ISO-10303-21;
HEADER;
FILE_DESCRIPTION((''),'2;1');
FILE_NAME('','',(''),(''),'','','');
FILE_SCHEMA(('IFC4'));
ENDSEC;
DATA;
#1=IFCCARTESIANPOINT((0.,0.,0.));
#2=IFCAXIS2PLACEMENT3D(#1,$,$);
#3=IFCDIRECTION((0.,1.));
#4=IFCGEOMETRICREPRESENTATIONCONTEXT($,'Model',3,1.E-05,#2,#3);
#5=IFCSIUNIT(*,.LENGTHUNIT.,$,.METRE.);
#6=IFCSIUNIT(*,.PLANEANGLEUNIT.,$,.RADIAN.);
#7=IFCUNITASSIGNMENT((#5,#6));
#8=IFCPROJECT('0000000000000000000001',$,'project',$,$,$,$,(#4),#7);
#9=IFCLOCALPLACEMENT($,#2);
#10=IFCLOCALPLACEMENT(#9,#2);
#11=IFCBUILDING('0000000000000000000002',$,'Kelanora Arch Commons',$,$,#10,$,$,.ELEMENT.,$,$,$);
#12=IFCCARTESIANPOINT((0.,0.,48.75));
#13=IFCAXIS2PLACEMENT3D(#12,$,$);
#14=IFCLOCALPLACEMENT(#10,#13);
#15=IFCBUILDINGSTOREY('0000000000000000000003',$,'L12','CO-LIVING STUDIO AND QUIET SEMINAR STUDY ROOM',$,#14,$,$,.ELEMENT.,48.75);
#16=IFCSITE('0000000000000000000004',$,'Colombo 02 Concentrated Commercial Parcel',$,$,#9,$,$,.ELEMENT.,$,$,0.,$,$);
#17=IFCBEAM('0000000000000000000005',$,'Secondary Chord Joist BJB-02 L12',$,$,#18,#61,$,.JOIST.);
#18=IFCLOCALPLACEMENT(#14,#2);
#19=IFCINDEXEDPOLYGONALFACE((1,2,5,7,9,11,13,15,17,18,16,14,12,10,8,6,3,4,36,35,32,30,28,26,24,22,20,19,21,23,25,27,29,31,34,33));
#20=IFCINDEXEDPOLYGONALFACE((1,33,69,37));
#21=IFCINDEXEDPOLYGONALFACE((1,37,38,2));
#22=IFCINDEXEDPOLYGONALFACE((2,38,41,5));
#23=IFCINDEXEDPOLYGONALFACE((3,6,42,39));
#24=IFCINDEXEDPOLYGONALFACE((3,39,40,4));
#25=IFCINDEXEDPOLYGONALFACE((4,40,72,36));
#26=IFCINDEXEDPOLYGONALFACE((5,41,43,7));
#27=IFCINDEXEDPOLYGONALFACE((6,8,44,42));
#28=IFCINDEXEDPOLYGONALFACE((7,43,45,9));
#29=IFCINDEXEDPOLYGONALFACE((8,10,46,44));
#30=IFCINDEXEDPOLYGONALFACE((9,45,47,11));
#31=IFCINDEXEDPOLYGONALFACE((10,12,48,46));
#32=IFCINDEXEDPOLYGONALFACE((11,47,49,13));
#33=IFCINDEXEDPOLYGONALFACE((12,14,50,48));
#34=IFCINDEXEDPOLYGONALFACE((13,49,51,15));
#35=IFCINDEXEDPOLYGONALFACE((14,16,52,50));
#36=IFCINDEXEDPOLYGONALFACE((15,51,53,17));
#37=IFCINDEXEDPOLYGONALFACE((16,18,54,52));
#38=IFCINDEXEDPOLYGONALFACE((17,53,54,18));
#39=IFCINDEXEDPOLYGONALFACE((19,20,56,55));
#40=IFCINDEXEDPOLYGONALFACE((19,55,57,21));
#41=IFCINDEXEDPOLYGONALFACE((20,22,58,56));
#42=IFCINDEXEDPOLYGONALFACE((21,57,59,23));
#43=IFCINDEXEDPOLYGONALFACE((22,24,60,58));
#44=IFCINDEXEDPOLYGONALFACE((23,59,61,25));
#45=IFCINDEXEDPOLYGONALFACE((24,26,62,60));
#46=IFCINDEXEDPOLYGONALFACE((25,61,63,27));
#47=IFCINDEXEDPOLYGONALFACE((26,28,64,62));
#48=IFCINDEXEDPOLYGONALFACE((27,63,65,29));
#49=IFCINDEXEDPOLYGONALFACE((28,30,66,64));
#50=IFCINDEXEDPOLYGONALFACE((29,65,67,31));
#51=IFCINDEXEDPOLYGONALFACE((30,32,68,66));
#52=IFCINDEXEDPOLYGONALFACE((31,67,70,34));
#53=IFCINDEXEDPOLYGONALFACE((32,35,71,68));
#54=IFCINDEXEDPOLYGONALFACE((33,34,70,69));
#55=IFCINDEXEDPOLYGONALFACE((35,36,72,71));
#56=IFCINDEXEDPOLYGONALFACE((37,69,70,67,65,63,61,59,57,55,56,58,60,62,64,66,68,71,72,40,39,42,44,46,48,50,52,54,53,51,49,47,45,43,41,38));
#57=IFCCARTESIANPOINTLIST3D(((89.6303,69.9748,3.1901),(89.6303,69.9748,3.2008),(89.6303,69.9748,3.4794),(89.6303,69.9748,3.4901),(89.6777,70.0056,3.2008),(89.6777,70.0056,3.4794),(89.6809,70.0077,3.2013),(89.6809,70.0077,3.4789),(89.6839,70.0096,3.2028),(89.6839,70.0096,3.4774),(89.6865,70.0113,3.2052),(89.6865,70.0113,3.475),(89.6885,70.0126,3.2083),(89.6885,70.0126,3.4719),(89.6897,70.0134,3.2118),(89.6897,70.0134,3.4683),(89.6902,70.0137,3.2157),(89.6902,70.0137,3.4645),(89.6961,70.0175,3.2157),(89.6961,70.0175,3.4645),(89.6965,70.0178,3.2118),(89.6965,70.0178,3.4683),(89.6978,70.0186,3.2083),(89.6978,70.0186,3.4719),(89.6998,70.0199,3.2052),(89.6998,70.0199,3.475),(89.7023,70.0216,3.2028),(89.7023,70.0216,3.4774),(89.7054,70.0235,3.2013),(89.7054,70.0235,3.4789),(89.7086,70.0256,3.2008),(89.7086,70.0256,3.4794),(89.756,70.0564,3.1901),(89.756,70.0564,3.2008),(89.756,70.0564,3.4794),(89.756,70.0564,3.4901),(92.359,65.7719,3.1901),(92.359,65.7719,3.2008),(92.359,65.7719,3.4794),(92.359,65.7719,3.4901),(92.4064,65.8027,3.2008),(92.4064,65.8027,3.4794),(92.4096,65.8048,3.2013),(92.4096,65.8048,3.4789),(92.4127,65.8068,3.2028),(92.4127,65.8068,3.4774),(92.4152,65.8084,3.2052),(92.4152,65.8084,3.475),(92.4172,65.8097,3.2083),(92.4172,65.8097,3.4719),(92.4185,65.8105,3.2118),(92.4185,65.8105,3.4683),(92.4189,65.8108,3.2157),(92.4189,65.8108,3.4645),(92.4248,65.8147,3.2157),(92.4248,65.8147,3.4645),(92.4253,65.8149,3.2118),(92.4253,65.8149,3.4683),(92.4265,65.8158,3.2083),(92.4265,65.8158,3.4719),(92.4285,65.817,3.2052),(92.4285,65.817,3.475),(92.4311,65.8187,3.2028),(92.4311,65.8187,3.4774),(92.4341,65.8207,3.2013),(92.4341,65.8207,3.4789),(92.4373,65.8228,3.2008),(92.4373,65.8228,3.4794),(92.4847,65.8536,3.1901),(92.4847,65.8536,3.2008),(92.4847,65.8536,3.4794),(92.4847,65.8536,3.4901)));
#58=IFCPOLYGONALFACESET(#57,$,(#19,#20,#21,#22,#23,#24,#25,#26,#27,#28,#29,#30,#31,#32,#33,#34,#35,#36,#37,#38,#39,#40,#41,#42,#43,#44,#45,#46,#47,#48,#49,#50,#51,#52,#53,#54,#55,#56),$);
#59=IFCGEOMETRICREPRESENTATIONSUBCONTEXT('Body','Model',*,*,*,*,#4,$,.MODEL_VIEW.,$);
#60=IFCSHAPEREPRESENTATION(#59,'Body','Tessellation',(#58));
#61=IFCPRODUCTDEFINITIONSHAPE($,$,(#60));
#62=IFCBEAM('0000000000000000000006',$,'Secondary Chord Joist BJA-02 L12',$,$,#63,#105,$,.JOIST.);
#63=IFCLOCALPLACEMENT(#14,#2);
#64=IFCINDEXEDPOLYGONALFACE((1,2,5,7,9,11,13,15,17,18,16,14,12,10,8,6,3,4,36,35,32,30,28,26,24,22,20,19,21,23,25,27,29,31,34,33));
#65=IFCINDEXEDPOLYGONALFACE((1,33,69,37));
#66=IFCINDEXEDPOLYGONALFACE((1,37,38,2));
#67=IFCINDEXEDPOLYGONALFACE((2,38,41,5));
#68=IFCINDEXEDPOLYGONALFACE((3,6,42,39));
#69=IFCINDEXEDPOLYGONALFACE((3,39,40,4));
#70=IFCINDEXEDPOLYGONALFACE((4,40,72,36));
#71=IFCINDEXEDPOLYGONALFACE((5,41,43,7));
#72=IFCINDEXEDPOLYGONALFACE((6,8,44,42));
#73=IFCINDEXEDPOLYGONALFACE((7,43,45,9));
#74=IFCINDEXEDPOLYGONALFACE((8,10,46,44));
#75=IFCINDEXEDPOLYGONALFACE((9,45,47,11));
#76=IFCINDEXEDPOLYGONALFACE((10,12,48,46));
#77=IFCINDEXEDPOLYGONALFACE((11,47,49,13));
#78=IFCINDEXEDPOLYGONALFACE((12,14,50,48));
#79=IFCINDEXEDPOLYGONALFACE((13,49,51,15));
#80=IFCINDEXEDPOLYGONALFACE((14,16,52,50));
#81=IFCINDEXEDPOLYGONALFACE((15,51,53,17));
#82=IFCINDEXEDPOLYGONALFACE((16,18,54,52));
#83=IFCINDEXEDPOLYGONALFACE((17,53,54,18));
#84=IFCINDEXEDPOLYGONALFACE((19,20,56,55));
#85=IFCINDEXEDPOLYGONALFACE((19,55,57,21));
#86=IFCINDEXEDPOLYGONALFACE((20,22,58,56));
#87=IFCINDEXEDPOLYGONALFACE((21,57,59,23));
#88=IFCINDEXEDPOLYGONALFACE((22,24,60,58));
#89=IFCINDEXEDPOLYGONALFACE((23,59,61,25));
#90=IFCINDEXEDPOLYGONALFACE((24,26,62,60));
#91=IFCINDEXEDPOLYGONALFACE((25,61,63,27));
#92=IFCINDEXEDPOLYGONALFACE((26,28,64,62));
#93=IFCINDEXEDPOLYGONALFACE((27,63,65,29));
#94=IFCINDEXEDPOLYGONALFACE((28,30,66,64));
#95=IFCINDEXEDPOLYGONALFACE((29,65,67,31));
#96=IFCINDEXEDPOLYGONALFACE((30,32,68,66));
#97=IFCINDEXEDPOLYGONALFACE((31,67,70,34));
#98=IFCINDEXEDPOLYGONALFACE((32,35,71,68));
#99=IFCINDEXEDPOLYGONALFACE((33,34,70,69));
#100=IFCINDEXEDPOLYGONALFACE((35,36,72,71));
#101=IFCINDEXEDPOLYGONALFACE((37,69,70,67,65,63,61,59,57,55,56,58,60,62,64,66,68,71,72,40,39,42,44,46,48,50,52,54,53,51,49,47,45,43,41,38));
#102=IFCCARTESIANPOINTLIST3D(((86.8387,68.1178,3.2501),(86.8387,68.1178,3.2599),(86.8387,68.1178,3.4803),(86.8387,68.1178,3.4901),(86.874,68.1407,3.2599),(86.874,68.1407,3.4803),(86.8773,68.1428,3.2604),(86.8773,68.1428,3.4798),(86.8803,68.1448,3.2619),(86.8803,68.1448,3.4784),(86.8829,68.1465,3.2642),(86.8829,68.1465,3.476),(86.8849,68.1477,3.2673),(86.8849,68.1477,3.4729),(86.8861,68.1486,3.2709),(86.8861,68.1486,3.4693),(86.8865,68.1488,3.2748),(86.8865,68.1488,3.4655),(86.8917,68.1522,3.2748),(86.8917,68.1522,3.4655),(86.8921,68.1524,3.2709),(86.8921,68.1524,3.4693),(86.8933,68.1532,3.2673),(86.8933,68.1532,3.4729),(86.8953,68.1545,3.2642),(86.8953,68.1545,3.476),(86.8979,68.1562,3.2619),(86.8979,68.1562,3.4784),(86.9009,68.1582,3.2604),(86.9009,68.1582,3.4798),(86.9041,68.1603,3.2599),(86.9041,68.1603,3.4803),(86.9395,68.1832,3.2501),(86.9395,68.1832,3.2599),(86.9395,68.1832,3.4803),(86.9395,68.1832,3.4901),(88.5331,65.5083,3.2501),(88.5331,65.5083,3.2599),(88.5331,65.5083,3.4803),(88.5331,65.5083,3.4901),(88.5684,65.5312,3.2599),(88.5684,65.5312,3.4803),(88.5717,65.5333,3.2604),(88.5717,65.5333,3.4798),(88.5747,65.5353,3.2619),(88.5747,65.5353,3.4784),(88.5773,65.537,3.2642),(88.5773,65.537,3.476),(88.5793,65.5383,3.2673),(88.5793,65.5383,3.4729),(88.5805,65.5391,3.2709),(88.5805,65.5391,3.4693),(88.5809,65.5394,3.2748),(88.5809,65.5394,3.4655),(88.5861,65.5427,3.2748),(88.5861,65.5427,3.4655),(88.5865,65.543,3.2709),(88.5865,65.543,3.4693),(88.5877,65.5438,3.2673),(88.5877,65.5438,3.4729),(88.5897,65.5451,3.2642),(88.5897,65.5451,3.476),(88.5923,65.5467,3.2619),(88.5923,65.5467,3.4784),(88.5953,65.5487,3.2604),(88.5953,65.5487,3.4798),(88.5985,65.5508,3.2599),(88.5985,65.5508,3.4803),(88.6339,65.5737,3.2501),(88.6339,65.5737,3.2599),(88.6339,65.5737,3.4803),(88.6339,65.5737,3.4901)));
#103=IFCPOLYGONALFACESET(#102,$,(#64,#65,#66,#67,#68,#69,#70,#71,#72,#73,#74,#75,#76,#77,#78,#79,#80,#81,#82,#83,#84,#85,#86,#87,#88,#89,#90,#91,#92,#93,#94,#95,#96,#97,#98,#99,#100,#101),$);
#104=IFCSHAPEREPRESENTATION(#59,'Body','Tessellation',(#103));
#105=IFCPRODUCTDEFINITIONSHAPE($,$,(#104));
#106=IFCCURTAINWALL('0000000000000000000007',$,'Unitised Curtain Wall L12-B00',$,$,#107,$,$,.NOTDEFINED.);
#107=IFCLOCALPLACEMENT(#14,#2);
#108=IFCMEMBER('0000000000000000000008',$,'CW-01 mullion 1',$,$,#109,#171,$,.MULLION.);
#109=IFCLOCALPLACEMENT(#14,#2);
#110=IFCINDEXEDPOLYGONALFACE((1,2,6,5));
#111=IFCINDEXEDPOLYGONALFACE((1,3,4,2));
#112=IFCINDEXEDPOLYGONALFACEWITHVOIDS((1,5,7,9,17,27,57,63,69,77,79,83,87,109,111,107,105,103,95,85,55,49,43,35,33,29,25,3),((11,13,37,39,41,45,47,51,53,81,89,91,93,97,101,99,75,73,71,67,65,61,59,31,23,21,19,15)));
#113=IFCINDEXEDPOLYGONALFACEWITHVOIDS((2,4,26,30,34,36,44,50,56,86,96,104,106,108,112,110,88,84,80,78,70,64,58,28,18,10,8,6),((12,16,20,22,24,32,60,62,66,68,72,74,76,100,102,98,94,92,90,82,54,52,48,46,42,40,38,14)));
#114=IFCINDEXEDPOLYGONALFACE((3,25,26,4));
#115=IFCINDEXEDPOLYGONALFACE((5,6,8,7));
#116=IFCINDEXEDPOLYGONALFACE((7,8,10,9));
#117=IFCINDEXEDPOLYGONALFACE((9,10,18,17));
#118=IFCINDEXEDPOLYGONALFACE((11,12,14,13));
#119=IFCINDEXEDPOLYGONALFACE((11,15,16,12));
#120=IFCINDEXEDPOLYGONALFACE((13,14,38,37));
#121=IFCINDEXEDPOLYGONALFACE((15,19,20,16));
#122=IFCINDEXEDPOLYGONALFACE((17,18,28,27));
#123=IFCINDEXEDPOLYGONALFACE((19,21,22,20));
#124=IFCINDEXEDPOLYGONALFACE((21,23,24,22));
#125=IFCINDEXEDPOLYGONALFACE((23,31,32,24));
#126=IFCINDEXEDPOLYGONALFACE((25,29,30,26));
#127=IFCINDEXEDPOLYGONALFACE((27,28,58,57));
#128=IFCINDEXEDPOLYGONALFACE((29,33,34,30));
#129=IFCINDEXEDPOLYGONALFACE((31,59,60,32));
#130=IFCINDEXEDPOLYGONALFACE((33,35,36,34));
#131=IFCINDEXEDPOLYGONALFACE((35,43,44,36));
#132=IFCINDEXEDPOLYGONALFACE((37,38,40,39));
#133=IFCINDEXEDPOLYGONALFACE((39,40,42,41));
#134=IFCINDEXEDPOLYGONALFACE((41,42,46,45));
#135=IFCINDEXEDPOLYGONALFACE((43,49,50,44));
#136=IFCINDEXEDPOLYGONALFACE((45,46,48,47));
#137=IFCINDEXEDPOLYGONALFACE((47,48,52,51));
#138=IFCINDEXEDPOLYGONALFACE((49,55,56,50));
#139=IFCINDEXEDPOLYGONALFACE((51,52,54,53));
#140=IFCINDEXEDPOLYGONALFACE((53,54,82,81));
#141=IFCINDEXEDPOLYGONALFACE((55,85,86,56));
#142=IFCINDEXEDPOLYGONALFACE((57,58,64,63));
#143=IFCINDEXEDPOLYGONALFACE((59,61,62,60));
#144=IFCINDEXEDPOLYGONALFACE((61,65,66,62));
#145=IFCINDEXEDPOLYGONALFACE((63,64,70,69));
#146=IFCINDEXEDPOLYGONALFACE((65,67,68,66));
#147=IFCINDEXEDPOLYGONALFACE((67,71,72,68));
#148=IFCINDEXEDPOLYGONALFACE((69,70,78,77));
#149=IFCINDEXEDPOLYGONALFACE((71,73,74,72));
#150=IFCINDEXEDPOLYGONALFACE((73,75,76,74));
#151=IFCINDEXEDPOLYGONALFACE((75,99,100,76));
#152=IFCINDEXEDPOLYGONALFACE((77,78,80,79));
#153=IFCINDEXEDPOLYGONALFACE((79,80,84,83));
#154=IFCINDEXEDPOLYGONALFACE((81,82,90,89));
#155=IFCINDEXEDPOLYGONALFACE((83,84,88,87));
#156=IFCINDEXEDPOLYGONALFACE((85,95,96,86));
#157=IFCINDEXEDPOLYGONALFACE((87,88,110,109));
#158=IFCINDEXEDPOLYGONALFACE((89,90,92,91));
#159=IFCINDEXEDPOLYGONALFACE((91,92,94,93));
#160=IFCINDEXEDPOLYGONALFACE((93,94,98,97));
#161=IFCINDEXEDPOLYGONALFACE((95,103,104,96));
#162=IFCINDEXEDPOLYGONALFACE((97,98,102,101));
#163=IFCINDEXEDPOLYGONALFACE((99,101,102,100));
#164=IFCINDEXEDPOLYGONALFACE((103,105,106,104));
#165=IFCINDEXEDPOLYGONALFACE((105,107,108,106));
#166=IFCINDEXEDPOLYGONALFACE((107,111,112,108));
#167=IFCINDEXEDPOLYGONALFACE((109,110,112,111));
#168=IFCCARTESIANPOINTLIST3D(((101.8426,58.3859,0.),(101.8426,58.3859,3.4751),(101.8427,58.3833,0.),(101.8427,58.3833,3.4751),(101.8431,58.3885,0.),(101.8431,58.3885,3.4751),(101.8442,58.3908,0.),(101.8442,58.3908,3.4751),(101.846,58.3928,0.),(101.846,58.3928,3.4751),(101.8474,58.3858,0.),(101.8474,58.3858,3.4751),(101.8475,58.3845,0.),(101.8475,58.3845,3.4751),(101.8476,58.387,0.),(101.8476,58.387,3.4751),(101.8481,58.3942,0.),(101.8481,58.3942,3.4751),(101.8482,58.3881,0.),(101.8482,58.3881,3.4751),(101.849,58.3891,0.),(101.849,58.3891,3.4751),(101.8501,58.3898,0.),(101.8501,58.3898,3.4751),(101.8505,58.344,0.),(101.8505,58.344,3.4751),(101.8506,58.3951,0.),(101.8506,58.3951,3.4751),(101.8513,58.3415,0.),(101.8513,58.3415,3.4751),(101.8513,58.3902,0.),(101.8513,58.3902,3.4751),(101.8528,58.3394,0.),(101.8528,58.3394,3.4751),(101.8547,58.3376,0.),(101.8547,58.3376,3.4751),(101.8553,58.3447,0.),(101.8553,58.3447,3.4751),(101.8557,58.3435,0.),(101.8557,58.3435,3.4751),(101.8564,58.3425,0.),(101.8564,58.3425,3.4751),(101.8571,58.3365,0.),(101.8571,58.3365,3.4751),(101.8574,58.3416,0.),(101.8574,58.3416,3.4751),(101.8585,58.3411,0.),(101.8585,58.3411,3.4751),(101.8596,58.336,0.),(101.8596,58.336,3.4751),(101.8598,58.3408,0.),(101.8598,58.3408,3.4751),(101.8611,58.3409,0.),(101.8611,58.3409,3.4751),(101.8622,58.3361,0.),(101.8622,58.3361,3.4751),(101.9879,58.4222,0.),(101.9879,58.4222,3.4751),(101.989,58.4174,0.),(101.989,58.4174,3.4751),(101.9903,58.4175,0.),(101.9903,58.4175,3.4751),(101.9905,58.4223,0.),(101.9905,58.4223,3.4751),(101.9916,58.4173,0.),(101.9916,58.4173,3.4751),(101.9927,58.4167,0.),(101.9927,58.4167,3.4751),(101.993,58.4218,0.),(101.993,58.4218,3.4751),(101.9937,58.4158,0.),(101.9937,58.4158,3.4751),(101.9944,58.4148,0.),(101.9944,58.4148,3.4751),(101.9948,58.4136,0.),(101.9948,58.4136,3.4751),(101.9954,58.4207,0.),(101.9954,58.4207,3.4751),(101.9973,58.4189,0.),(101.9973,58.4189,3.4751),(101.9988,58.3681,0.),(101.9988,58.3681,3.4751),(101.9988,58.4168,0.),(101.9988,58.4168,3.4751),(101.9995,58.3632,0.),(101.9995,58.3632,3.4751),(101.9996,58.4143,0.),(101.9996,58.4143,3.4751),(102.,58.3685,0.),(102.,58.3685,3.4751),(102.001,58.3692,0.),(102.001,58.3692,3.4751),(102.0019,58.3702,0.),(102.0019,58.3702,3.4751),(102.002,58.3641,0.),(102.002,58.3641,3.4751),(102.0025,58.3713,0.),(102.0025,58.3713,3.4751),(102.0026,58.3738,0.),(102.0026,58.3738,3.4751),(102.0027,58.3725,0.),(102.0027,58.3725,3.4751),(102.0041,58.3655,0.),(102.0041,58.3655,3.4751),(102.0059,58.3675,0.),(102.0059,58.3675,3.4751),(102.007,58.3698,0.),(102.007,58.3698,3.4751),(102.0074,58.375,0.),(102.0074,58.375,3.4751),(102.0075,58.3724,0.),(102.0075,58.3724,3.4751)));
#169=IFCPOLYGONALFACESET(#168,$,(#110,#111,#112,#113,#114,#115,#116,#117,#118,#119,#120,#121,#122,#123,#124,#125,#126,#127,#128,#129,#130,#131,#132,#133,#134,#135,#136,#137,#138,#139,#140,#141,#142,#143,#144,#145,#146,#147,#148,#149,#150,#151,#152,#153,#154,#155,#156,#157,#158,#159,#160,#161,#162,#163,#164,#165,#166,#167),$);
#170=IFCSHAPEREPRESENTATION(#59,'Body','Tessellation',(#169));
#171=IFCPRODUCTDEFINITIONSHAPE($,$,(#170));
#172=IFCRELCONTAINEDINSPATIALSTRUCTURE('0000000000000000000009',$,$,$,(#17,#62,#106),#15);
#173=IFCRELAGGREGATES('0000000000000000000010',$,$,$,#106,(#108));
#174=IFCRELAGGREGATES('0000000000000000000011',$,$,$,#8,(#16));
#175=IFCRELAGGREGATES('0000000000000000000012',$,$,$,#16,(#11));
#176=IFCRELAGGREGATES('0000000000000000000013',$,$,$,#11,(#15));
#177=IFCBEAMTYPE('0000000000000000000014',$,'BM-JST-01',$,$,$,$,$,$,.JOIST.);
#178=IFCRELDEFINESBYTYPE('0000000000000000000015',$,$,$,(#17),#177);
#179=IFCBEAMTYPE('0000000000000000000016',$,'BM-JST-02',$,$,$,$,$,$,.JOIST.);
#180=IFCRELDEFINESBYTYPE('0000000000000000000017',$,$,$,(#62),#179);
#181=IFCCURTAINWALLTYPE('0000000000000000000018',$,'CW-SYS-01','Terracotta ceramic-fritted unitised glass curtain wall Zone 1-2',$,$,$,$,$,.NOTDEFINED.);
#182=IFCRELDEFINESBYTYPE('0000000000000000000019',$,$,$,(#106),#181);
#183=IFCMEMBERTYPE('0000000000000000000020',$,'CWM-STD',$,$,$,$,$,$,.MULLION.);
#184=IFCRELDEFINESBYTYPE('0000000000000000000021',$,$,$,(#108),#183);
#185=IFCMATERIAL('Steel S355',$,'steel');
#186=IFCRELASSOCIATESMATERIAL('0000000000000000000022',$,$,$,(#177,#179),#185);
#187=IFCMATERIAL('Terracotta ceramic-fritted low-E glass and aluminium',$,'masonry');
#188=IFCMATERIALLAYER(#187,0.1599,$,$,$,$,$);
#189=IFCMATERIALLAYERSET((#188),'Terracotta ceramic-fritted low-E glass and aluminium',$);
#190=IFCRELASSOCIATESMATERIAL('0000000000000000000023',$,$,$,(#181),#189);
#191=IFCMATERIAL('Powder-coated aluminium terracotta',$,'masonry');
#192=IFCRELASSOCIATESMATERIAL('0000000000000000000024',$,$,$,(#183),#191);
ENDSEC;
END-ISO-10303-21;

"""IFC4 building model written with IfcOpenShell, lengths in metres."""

from ifc_helpers import new_model, si_unit, direction, frame, origin, origin_2d, place, context, subcontext, project, spatial, hollow_rectangle, i_section, extrude, material, layer, layer_set, material_profile, profile_set, type_object, element, aggregate, save


model = new_model("IFC4")

# Units and contexts
model_context = context("Model", 3, precision=1e-05, world=origin(), true_north=direction((0.0, 1.0)))
body_context = subcontext(model_context, "Body", "Model", "MODEL_VIEW")
ifc_project = project(units=[si_unit("LENGTHUNIT", "METRE"), si_unit("PLANEANGLEUNIT", "RADIAN")], contexts=[model_context])

# Site, building, storey
site_placement = place(None, origin())
site = spatial("IfcSite", under=ifc_project, at=site_placement, Name="Colombo 02 Concentrated Commercial Parcel", CompositionType="ELEMENT", RefElevation=0.0)
building_placement = place(site_placement, origin())
building = spatial("IfcBuilding", under=site, at=building_placement, Name="Kelanora Arch Commons", CompositionType="ELEMENT")
storey_placement = place(building_placement, frame((0.0, 0.0, 48.75)))
storey = spatial("IfcBuildingStorey", under=building, at=storey_placement, Name="L12", Description="CO-LIVING STUDIO AND QUIET SEMINAR STUDY ROOM", CompositionType="ELEMENT", Elevation=48.75)

# Beams
ifc_material_1 = material(Name="Steel S355", Category="steel")
ifc_material_profile_1 = material_profile(ifc_material_1, i_section(OverallWidth=0.1499, OverallDepth=0.3, WebThickness=0.0071, FlangeThickness=0.0107, FilletRadius=0.0149, at=origin_2d()), Name="IPE300")
ifc_profile_set_1 = profile_set([ifc_material_profile_1], Name="Steel S355")
beam_type_1 = type_object("IfcBeamType", Name="BM-JST-01", PredefinedType="JOIST", material=ifc_profile_set_1)
beam_1_placement = place(storey_placement, frame((92.4219, 65.8127, 3.3401), z_axis=(-0.544552, 0.838727, 0.0), x_axis=(-0.838727, -0.544552, 0.0)))
element("IfcBeam", 1, at=beam_1_placement, inside=storey, type_object=beam_type_1, Name="Secondary Chord Joist BJB-02 L12", PredefinedType="JOIST", context=body_context, shape_type="SweptSolid", body=[
    extrude(i_section(OverallWidth=0.1499, OverallDepth=0.3, WebThickness=0.0071, FlangeThickness=0.0107, FilletRadius=0.0149, at=origin_2d()), origin(), (0.0, 0.0, 1.0), 5.011),
])
ifc_material_profile_2 = material_profile(ifc_material_1, i_section(OverallWidth=0.1201, OverallDepth=0.24, WebThickness=0.0061, FlangeThickness=0.0098, FilletRadius=0.0149, at=origin_2d()), Name="IPE240")
ifc_profile_set_2 = profile_set([ifc_material_profile_2], Name="Steel S355")
beam_type_2 = type_object("IfcBeamType", Name="BM-JST-02", PredefinedType="JOIST", material=ifc_profile_set_2)
beam_2_placement = place(storey_placement, frame((88.5835, 65.541, 3.3701), z_axis=(-0.544591, 0.838702, 0.0), x_axis=(-0.838702, -0.544591, 0.0)))
element("IfcBeam", 2, at=beam_2_placement, inside=storey, type_object=beam_type_2, Name="Secondary Chord Joist BJA-02 L12", PredefinedType="JOIST", context=body_context, shape_type="SweptSolid", body=[
    extrude(i_section(OverallWidth=0.1201, OverallDepth=0.24, WebThickness=0.0061, FlangeThickness=0.0098, FilletRadius=0.0149, at=origin_2d()), origin(), (0.0, 0.0, 1.0), 3.1113),
])

# Curtain wall, member
ifc_material_2 = material(Name="Terracotta ceramic-fritted low-E glass and aluminium", Category="masonry")
ifc_layer_1 = layer(ifc_material_2, 0.1599)
ifc_layer_set_1 = layer_set([ifc_layer_1], Name="Terracotta ceramic-fritted low-E glass and aluminium")
curtain_wall_type = type_object("IfcCurtainWallType", Name="CW-SYS-01", Description="Terracotta ceramic-fritted unitised glass curtain wall Zone 1-2", PredefinedType="NOTDEFINED", material=ifc_layer_set_1)
curtain_wall_placement = place(storey_placement, origin())
curtain_wall = element("IfcCurtainWall", 3, at=curtain_wall_placement, inside=storey, type_object=curtain_wall_type, Name="Unitised Curtain Wall L12-B00", PredefinedType="NOTDEFINED")
ifc_material_3 = material(Name="Powder-coated aluminium terracotta", Category="masonry")
ifc_material_profile_3 = material_profile(ifc_material_3, hollow_rectangle(XDim=0.1599, YDim=0.0601, WallThickness=0.0049, InnerFilletRadius=0.0049, OuterFilletRadius=0.01, at=origin_2d()), Name="CWM160x60")
ifc_profile_set_3 = profile_set([ifc_material_profile_3], Name="Powder-coated aluminium terracotta")
member_type_1 = type_object("IfcMemberType", Name="CWM-STD", PredefinedType="MULLION", material=ifc_profile_set_3)
member_1_placement = place(storey_placement, frame((101.925, 58.3792, 0.0), z_axis=(0.0, 0.0, 1.0), x_axis=(-0.981052, -0.193744, 0.0)))
member_1 = element("IfcMember", 4, at=member_1_placement, type_object=member_type_1, Name="CW-01 mullion 1", PredefinedType="MULLION", context=body_context, shape_type="SweptSolid", body=[
    extrude(hollow_rectangle(XDim=0.1599, YDim=0.0601, WallThickness=0.0049, InnerFilletRadius=0.0049, OuterFilletRadius=0.01, at=origin_2d()), origin(), (0.0, 0.0, 1.0), 3.4751),
])
aggregate(curtain_wall, [member_1])

save(model, "model.ifc")
